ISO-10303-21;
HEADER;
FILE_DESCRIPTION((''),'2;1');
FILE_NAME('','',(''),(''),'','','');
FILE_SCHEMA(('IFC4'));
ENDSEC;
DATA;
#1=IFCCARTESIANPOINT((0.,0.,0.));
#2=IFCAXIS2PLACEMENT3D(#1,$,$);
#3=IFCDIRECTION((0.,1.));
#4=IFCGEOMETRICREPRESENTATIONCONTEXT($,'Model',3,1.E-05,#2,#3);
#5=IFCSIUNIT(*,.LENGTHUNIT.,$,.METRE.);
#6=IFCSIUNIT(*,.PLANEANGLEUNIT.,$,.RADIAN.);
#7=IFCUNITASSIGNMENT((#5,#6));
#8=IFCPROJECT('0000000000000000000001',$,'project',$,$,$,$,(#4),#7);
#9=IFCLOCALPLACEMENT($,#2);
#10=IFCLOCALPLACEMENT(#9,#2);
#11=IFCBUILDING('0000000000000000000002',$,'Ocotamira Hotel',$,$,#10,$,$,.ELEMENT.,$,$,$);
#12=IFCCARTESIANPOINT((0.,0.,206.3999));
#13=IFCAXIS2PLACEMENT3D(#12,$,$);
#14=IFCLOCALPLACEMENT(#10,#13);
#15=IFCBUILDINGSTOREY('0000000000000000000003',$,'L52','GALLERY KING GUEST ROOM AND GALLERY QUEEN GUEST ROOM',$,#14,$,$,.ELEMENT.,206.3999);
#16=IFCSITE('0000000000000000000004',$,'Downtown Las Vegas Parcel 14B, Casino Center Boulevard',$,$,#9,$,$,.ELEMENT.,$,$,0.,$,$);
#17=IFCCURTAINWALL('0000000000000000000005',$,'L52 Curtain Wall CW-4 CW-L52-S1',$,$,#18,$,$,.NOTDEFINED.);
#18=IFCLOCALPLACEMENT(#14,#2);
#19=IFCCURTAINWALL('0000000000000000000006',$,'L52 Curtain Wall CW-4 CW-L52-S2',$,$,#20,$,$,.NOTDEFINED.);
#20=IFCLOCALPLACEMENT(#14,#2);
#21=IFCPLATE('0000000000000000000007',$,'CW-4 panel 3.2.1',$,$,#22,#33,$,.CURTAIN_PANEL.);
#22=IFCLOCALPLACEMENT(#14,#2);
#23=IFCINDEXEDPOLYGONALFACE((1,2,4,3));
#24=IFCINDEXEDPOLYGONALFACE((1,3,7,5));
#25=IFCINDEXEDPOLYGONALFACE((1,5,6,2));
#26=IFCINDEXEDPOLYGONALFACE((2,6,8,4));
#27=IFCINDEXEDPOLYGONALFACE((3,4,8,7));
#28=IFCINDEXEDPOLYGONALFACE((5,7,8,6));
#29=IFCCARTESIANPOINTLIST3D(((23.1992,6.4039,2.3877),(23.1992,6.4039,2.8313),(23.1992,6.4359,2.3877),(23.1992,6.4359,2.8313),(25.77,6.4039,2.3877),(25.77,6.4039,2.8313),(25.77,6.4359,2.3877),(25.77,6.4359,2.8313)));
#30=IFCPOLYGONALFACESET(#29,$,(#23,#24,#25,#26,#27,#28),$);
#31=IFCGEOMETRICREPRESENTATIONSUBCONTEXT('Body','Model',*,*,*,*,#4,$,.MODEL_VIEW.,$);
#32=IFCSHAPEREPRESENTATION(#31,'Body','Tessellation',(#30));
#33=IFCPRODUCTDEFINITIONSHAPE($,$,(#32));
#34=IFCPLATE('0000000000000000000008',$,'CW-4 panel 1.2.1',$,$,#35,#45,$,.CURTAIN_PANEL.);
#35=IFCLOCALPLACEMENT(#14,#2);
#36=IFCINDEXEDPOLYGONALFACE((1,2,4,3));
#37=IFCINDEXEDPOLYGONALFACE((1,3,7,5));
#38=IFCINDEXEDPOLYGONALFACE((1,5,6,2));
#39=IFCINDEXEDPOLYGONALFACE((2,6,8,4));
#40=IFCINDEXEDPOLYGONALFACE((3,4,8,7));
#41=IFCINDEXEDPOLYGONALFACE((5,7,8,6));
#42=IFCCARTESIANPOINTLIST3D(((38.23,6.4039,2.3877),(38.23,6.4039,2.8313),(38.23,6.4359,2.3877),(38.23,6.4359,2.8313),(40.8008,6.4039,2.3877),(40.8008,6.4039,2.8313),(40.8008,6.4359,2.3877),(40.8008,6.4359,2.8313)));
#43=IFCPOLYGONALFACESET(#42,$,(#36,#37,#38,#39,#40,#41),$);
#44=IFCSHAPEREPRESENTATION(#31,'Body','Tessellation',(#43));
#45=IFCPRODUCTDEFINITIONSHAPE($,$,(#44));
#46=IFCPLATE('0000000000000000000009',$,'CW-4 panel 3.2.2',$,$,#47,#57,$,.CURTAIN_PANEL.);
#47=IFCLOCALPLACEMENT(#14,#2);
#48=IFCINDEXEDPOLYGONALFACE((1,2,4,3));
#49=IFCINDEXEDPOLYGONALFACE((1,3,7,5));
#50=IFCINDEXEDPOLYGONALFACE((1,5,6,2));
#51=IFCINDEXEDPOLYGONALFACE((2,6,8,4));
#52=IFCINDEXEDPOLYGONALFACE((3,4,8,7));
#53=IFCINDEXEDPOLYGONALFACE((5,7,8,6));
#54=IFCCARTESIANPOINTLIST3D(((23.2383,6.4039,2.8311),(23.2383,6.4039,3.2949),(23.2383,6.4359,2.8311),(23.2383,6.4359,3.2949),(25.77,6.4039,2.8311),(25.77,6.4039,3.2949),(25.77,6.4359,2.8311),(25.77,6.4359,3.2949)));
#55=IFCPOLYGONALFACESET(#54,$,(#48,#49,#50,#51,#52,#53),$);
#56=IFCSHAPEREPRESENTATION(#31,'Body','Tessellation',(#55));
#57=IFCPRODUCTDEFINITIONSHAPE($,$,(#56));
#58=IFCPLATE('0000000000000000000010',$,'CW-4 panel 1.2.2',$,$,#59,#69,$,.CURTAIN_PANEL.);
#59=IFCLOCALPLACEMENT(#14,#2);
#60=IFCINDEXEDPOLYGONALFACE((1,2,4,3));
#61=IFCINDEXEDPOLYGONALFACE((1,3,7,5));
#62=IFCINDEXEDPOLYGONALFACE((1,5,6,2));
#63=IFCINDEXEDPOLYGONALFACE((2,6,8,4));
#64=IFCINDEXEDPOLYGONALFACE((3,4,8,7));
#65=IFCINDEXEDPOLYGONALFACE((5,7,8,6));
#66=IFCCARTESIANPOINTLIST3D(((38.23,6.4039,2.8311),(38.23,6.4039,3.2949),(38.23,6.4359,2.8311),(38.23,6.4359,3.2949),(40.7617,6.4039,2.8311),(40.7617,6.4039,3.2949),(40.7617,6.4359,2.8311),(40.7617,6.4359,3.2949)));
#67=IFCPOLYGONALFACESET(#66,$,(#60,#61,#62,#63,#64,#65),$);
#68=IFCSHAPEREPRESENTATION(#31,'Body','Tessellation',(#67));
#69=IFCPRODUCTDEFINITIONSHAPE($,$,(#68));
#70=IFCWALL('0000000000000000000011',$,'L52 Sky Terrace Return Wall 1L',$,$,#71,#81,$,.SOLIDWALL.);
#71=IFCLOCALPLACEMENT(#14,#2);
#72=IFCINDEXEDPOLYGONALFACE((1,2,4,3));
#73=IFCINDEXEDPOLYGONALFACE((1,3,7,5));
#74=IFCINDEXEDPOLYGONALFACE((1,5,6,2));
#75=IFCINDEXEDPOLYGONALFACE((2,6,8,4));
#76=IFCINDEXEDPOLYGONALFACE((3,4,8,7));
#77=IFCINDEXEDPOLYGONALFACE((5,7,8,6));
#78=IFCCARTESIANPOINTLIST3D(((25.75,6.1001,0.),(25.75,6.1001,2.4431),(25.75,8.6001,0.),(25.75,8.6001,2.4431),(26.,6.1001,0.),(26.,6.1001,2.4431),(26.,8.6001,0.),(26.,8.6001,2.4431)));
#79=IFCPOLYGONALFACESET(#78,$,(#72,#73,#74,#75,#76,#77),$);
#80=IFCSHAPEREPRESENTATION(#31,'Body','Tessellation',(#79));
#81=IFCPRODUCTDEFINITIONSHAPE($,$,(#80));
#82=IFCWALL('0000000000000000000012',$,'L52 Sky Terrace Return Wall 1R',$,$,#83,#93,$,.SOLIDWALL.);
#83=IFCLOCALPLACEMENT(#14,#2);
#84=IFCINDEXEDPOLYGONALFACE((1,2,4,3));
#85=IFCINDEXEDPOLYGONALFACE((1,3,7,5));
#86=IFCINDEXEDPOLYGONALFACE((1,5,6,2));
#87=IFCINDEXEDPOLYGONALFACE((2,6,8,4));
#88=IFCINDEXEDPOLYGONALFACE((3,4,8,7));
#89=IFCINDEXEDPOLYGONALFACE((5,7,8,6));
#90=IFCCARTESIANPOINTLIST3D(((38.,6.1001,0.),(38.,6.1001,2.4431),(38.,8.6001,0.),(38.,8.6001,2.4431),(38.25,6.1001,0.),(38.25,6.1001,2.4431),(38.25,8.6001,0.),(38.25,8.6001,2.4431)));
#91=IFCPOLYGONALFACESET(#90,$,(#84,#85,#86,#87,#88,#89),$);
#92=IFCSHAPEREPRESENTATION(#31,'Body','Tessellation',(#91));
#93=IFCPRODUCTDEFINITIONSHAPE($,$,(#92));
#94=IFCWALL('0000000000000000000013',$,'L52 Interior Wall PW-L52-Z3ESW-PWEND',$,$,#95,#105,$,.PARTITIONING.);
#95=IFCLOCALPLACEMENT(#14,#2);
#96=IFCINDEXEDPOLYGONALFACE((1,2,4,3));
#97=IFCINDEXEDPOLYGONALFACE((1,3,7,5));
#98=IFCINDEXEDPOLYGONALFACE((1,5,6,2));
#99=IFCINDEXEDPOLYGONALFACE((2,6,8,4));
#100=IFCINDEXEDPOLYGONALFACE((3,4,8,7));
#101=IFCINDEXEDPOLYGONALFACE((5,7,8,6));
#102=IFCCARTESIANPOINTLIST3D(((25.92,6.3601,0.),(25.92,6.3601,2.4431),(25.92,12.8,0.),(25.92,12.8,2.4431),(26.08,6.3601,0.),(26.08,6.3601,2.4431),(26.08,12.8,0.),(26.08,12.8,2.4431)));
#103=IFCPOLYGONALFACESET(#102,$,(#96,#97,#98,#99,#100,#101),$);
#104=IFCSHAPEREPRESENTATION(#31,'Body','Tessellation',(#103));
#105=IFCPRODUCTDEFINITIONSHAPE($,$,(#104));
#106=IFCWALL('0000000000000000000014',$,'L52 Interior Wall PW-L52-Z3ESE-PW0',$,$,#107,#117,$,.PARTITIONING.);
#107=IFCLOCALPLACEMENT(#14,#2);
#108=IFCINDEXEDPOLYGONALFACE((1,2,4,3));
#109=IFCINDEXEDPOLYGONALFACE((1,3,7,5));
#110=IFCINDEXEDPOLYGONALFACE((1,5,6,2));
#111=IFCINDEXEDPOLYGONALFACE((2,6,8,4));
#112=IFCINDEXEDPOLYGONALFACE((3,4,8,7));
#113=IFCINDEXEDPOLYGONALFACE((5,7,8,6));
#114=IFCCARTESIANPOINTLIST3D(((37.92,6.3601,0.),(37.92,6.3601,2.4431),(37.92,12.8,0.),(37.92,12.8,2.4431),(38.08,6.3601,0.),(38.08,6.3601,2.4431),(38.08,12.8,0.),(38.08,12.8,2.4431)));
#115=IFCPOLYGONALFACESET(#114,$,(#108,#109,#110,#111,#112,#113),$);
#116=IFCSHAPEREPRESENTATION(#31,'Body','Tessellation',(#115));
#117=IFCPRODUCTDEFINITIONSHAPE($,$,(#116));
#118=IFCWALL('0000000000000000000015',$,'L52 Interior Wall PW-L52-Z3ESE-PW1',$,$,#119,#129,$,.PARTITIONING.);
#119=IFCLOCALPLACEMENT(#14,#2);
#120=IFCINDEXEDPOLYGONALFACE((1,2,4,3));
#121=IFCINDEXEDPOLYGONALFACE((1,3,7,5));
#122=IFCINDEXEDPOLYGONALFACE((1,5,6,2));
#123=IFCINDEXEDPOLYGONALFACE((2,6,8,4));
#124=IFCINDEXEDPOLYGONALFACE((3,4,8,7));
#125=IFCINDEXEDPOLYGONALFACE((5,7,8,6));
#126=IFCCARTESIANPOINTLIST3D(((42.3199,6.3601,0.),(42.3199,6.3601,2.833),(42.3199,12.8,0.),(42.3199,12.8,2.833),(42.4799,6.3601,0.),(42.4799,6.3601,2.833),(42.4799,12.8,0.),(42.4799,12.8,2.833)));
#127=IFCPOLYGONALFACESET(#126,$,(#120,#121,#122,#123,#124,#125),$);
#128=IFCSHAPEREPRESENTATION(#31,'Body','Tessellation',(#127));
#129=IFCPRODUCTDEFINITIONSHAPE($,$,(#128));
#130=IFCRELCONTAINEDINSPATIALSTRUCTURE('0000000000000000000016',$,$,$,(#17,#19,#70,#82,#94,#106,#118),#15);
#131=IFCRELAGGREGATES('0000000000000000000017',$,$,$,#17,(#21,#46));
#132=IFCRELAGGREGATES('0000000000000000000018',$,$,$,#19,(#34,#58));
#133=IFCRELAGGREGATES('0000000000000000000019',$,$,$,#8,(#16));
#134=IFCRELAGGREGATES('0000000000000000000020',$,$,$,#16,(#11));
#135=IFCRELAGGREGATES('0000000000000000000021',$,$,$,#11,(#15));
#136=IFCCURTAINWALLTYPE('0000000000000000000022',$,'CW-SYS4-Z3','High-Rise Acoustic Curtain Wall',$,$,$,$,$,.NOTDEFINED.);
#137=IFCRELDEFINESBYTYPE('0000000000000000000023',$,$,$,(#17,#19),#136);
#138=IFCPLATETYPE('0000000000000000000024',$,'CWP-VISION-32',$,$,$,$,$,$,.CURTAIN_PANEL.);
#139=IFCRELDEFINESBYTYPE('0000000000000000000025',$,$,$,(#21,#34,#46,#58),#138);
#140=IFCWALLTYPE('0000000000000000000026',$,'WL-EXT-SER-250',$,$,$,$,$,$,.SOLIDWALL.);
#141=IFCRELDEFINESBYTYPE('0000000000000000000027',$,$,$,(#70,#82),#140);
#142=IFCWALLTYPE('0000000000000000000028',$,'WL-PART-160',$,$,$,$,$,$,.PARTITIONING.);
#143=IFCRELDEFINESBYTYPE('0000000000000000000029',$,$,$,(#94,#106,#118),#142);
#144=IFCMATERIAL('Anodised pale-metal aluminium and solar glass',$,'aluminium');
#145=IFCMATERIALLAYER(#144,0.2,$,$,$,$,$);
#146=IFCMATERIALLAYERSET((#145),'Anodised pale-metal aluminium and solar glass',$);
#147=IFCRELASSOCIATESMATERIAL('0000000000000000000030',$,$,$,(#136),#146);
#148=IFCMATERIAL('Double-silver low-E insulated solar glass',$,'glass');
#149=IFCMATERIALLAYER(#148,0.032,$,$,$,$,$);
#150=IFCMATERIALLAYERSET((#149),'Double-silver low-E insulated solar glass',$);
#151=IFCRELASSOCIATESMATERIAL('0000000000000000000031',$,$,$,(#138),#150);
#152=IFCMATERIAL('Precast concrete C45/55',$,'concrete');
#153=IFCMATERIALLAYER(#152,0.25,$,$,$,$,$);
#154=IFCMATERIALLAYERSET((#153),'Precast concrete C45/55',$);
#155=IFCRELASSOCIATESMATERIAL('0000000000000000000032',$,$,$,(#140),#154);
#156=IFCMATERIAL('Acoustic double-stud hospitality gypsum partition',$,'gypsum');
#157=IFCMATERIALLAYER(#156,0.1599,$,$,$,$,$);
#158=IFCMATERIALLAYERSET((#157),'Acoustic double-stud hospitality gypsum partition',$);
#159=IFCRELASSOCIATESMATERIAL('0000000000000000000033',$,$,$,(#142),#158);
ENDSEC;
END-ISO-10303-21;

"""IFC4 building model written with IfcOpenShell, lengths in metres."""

from ifc_helpers import new_model, si_unit, direction, frame, frame_2d, origin, origin_2d, place, context, subcontext, project, spatial, rectangle, extrude, source, transform, mapped, material, layer, layer_set, type_object, element, aggregate, save


model = new_model("IFC4")

# Units and contexts
model_context = context("Model", 3, precision=1e-05, world=origin(), true_north=direction((0.0, 1.0)))
body_context = subcontext(model_context, "Body", "Model", "MODEL_VIEW")
ifc_project = project(units=[si_unit("LENGTHUNIT", "METRE"), si_unit("PLANEANGLEUNIT", "RADIAN")], contexts=[model_context])

# Site, building, storey
site_placement = place(None, origin())
site = spatial("IfcSite", under=ifc_project, at=site_placement, Name="Downtown Las Vegas Parcel 14B, Casino Center Boulevard", CompositionType="ELEMENT", RefElevation=0.0)
building_placement = place(site_placement, origin())
building = spatial("IfcBuilding", under=site, at=building_placement, Name="Ocotamira Hotel", CompositionType="ELEMENT")
storey_placement = place(building_placement, frame((0.0, 0.0, 206.3999)))
storey = spatial("IfcBuildingStorey", under=building, at=storey_placement, Name="L52", Description="GALLERY KING GUEST ROOM AND GALLERY QUEEN GUEST ROOM", CompositionType="ELEMENT", Elevation=206.3999)

# Curtain wall
ifc_material_1 = material(Name="Anodised pale-metal aluminium and solar glass", Category="aluminium")
ifc_layer_1 = layer(ifc_material_1, 0.2)
ifc_layer_set_1 = layer_set([ifc_layer_1], Name="Anodised pale-metal aluminium and solar glass")
curtain_wall_type = type_object("IfcCurtainWallType", Name="CW-SYS4-Z3", Description="High-Rise Acoustic Curtain Wall", PredefinedType="NOTDEFINED", material=ifc_layer_set_1)
curtain_wall_1_placement = place(storey_placement, origin())
curtain_wall_1 = element("IfcCurtainWall", 1, at=curtain_wall_1_placement, inside=storey, type_object=curtain_wall_type, Name="L52 Curtain Wall CW-4 CW-L52-S1", PredefinedType="NOTDEFINED")

# Curtain wall
curtain_wall_2_placement = place(storey_placement, origin())
curtain_wall_2 = element("IfcCurtainWall", 2, at=curtain_wall_2_placement, inside=storey, type_object=curtain_wall_type, Name="L52 Curtain Wall CW-4 CW-L52-S2", PredefinedType="NOTDEFINED")

# Plates
ifc_material_2 = material(Name="Double-silver low-E insulated solar glass", Category="glass")
ifc_layer_2 = layer(ifc_material_2, 0.032)
ifc_layer_set_2 = layer_set([ifc_layer_2], Name="Double-silver low-E insulated solar glass")
plate_type_1 = type_object("IfcPlateType", Name="CWP-VISION-32", PredefinedType="CURTAIN_PANEL", material=ifc_layer_set_2)
shared_shape_1 = source(origin(), body_context, "Body", "SweptSolid", [
    extrude(rectangle(XDim=2.5708, YDim=0.032, at=origin_2d()), origin(), (0.0, 0.0, 1.0), 0.4436),
])
plate_1_placement = place(storey_placement, frame((24.4846, 6.4199, 2.3877), z_axis=(0.0, 0.0, 1.0), x_axis=(1.0, 0.0, 0.0)))
plate_1 = element("IfcPlate", 3, at=plate_1_placement, type_object=plate_type_1, Name="CW-4 panel 3.2.1", PredefinedType="CURTAIN_PANEL", context=body_context, shape_type="MappedRepresentation", body=[
    mapped(shared_shape_1, transform((0.0, 0.0, 0.0), scale=1.0)),
])
plate_2_placement = place(storey_placement, frame((39.5154, 6.4199, 2.3877), z_axis=(0.0, 0.0, 1.0), x_axis=(1.0, 0.0, 0.0)))
plate_2 = element("IfcPlate", 4, at=plate_2_placement, type_object=plate_type_1, Name="CW-4 panel 1.2.1", PredefinedType="CURTAIN_PANEL", context=body_context, shape_type="MappedRepresentation", body=[
    mapped(shared_shape_1, transform((0.0, 0.0, 0.0), scale=1.0)),
])
shared_shape_2 = source(origin(), body_context, "Body", "SweptSolid", [
    extrude(rectangle(XDim=2.5317, YDim=0.032, at=origin_2d()), origin(), (0.0, 0.0, 1.0), 0.4639),
])
plate_3_placement = place(storey_placement, frame((24.5042, 6.4199, 2.8311), z_axis=(0.0, 0.0, 1.0), x_axis=(1.0, 0.0, 0.0)))
plate_3 = element("IfcPlate", 5, at=plate_3_placement, type_object=plate_type_1, Name="CW-4 panel 3.2.2", PredefinedType="CURTAIN_PANEL", context=body_context, shape_type="MappedRepresentation", body=[
    mapped(shared_shape_2, transform((0.0, 0.0, 0.0), scale=1.0)),
])
aggregate(curtain_wall_1, [plate_1, plate_3])
plate_4_placement = place(storey_placement, frame((39.4958, 6.4199, 2.8311), z_axis=(0.0, 0.0, 1.0), x_axis=(1.0, 0.0, 0.0)))
plate_4 = element("IfcPlate", 6, at=plate_4_placement, type_object=plate_type_1, Name="CW-4 panel 1.2.2", PredefinedType="CURTAIN_PANEL", context=body_context, shape_type="MappedRepresentation", body=[
    mapped(shared_shape_2, transform((0.0, 0.0, 0.0), scale=1.0)),
])
aggregate(curtain_wall_2, [plate_2, plate_4])

# Walls
ifc_material_3 = material(Name="Precast concrete C45/55", Category="concrete")
ifc_layer_3 = layer(ifc_material_3, 0.25)
ifc_layer_set_3 = layer_set([ifc_layer_3], Name="Precast concrete C45/55")
wall_type_1 = type_object("IfcWallType", Name="WL-EXT-SER-250", PredefinedType="SOLIDWALL", material=ifc_layer_set_3)
for number, where, z_axis, x_axis, name in (
    (7, (25.875, 6.1001, 0.0), (0.0, 0.0, 1.0), (0.0, 1.0, 0.0), "L52 Sky Terrace Return Wall 1L"),
    (8, (38.125, 6.1001, 0.0), (0.0, 0.0, 1.0), (0.0, 1.0, 0.0), "L52 Sky Terrace Return Wall 1R"),
):
    element("IfcWall", number, at=place(storey_placement, frame(where, z_axis=z_axis, x_axis=x_axis)), inside=storey, type_object=wall_type_1, Name=name, PredefinedType="SOLIDWALL", context=body_context, shape_type="SweptSolid", body=[
        extrude(rectangle(XDim=2.5, YDim=0.25, at=frame_2d((1.25, 0.0))), origin(), (0.0, 0.0, 1.0), 2.4431),
    ])
ifc_material_4 = material(Name="Acoustic double-stud hospitality gypsum partition", Category="gypsum")
ifc_layer_4 = layer(ifc_material_4, 0.1599)
ifc_layer_set_4 = layer_set([ifc_layer_4], Name="Acoustic double-stud hospitality gypsum partition")
wall_type_2 = type_object("IfcWallType", Name="WL-PART-160", PredefinedType="PARTITIONING", material=ifc_layer_set_4)
for number, where, z_axis, x_axis, name in (
    (9, (26.0, 6.3601, 0.0), (0.0, 0.0, 1.0), (0.0, 1.0, 0.0), "L52 Interior Wall PW-L52-Z3ESW-PWEND"),
    (10, (38.0, 6.3601, 0.0), (0.0, 0.0, 1.0), (0.0, 1.0, 0.0), "L52 Interior Wall PW-L52-Z3ESE-PW0"),
):
    element("IfcWall", number, at=place(storey_placement, frame(where, z_axis=z_axis, x_axis=x_axis)), inside=storey, type_object=wall_type_2, Name=name, PredefinedType="PARTITIONING", context=body_context, shape_type="SweptSolid", body=[
        extrude(rectangle(XDim=6.4399, YDim=0.1599, at=frame_2d((3.22, 0.0))), origin(), (0.0, 0.0, 1.0), 2.4431),
    ])
wall_placement = place(storey_placement, frame((42.3999, 6.3601, 0.0), z_axis=(0.0, 0.0, 1.0), x_axis=(0.0, 1.0, 0.0)))
element("IfcWall", 11, at=wall_placement, inside=storey, type_object=wall_type_2, Name="L52 Interior Wall PW-L52-Z3ESE-PW1", PredefinedType="PARTITIONING", context=body_context, shape_type="SweptSolid", body=[
    extrude(rectangle(XDim=6.4399, YDim=0.1599, at=frame_2d((3.22, 0.0))), origin(), (0.0, 0.0, 1.0), 2.833),
])

save(model, "model.ifc")
